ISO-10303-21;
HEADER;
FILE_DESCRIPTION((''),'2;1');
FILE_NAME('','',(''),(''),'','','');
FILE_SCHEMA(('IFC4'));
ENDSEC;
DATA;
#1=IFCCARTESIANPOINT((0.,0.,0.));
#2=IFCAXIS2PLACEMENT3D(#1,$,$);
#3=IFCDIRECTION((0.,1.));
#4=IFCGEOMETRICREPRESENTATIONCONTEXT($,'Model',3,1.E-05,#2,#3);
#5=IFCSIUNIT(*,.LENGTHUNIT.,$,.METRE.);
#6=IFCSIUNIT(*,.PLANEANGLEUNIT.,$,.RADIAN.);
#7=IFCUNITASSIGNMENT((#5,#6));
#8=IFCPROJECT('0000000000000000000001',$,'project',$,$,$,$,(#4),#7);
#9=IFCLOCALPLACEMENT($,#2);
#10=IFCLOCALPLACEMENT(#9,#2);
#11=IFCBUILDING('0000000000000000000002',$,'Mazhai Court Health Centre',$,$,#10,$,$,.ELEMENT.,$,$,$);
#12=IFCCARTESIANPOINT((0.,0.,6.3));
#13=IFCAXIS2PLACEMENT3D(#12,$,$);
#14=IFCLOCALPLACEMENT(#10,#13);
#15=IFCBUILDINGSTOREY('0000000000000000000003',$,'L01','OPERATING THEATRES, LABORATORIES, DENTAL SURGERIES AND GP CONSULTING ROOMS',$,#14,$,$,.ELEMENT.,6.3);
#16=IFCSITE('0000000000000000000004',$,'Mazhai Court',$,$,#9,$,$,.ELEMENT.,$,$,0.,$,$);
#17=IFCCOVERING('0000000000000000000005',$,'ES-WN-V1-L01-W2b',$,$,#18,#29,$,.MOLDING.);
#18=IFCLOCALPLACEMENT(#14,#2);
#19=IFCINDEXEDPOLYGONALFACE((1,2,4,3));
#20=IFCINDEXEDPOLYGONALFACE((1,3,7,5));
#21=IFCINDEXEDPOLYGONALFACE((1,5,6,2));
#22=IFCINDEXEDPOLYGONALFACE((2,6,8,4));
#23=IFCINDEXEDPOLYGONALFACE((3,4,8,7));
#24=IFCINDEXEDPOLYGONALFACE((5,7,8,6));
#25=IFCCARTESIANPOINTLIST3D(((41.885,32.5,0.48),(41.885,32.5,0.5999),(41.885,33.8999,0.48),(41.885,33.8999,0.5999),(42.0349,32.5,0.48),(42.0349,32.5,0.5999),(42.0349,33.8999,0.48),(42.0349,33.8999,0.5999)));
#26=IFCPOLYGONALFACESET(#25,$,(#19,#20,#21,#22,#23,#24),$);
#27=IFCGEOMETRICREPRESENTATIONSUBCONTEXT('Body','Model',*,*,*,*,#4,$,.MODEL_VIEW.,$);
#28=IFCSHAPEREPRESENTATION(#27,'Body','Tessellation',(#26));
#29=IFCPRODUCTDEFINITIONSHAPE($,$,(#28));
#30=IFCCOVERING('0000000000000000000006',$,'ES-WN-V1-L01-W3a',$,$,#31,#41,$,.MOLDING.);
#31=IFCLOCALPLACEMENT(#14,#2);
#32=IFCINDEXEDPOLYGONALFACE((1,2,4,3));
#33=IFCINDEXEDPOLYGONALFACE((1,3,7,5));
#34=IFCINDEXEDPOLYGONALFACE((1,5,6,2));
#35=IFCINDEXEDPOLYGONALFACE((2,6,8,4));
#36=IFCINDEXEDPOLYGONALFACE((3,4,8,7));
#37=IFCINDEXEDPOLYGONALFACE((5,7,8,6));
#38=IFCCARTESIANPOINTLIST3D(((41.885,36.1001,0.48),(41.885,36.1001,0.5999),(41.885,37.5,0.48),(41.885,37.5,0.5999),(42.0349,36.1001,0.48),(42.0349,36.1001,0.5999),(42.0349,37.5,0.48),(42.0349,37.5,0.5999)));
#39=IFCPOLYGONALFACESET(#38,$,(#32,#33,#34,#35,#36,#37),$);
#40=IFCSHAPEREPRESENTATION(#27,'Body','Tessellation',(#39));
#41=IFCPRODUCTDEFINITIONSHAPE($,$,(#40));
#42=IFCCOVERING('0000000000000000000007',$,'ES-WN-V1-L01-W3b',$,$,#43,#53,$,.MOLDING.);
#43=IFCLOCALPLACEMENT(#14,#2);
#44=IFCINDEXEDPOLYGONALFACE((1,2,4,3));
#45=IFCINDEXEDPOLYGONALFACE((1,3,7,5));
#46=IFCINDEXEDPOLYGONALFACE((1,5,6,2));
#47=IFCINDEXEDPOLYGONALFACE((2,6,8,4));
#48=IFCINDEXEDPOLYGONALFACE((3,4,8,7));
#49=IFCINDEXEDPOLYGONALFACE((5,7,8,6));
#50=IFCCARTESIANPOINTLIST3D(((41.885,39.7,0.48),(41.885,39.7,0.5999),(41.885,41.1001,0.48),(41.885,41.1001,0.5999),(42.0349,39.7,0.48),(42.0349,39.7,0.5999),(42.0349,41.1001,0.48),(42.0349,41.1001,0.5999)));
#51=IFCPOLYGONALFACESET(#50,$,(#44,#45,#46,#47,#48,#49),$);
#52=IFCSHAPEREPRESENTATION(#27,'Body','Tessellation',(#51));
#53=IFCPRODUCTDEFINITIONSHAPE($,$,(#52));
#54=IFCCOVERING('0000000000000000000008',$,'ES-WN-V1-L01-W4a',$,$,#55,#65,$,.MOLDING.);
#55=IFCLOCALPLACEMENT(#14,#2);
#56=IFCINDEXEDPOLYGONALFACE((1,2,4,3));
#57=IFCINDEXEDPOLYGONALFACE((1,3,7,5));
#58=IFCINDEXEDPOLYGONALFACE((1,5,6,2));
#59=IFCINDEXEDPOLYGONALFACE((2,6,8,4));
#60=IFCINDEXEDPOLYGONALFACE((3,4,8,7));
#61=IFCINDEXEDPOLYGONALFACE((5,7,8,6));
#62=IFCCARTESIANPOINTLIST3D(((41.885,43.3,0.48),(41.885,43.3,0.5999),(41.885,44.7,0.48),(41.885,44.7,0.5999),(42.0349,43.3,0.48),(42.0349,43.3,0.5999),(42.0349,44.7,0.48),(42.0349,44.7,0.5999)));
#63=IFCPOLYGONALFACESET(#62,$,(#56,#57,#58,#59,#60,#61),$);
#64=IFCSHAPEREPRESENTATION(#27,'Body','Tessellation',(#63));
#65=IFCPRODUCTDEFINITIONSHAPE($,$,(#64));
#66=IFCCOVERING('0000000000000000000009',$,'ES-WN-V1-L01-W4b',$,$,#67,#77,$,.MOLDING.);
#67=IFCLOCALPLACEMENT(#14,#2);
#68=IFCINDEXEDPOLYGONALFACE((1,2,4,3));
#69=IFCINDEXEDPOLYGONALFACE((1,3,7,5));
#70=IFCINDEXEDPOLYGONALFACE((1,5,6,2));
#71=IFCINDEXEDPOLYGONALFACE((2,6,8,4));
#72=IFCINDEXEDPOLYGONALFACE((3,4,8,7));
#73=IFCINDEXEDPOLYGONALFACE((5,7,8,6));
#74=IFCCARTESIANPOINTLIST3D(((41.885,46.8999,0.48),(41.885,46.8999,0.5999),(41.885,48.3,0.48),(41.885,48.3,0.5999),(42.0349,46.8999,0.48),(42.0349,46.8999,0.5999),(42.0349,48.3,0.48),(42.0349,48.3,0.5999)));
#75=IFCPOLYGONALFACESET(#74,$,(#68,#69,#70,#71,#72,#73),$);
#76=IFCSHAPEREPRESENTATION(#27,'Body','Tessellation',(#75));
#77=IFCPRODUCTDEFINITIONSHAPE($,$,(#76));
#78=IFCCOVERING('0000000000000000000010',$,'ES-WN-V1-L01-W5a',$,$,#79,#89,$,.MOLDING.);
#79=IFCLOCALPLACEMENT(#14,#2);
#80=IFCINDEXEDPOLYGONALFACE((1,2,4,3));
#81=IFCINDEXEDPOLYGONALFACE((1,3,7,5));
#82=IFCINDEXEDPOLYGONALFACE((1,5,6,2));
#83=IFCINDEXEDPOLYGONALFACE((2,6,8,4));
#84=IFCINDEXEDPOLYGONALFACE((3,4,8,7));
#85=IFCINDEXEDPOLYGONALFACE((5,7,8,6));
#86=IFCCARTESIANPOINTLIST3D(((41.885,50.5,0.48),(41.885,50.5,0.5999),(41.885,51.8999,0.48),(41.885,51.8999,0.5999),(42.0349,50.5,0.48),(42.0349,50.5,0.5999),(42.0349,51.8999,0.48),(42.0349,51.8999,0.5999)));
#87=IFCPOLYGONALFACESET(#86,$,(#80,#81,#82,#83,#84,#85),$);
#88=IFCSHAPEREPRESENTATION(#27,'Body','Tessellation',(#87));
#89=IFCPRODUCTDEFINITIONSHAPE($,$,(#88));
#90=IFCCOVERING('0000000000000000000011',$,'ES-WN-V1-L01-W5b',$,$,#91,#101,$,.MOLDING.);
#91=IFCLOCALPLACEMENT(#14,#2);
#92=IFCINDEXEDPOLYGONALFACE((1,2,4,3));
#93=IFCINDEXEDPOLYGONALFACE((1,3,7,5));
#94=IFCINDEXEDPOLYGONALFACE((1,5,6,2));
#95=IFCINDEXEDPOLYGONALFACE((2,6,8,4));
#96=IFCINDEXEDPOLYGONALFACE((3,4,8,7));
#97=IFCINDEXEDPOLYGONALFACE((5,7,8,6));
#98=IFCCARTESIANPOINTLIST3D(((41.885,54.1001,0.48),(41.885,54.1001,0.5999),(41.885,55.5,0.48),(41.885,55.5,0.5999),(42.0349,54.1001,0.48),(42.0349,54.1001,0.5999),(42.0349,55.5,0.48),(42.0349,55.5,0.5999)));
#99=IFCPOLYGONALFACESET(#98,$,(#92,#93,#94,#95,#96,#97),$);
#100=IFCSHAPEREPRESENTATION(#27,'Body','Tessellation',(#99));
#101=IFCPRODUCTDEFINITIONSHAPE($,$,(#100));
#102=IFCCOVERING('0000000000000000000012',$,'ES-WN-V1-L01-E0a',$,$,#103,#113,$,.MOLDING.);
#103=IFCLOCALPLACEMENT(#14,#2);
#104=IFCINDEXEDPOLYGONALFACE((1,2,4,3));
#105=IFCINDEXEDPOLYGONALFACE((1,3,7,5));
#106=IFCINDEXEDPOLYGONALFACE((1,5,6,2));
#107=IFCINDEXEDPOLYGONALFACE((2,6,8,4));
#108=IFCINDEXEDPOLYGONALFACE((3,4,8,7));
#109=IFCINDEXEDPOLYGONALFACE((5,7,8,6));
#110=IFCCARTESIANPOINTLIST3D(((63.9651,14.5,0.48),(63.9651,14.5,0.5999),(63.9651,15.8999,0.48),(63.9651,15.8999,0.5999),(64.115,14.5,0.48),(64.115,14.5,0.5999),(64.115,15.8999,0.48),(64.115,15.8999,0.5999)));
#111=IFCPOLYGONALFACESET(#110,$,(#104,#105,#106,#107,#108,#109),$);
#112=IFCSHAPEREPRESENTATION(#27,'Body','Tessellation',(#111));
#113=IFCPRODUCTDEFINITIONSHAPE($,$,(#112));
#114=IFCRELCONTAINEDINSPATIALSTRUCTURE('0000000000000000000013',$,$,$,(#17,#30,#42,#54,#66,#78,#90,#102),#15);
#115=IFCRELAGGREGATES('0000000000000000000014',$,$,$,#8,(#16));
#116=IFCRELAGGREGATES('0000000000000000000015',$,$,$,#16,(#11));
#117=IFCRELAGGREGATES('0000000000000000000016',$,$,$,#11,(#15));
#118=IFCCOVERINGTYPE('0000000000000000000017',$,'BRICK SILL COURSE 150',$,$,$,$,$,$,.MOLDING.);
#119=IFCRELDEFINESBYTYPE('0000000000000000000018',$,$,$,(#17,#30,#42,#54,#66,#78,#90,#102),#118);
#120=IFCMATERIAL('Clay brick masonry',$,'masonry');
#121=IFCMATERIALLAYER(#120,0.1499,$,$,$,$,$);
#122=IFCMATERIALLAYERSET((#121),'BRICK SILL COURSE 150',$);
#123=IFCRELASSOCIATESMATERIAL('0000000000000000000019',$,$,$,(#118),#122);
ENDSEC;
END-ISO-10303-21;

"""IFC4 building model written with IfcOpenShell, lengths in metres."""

from ifc_helpers import new_model, si_unit, direction, frame, origin, place, context, subcontext, project, spatial, polyline, outline, extrude, material, layer, layer_set, type_object, element, save


model = new_model("IFC4")

# Units and contexts
model_context = context("Model", 3, precision=1e-05, world=origin(), true_north=direction((0.0, 1.0)))
body_context = subcontext(model_context, "Body", "Model", "MODEL_VIEW")
ifc_project = project(units=[si_unit("LENGTHUNIT", "METRE"), si_unit("PLANEANGLEUNIT", "RADIAN")], contexts=[model_context])

# Site, building, storey
site_placement = place(None, origin())
site = spatial("IfcSite", under=ifc_project, at=site_placement, Name="Mazhai Court", CompositionType="ELEMENT", RefElevation=0.0)
building_placement = place(site_placement, origin())
building = spatial("IfcBuilding", under=site, at=building_placement, Name="Mazhai Court Health Centre", CompositionType="ELEMENT")
storey_placement = place(building_placement, frame((0.0, 0.0, 6.3)))
storey = spatial("IfcBuildingStorey", under=building, at=storey_placement, Name="L01", Description="OPERATING THEATRES, LABORATORIES, DENTAL SURGERIES AND GP CONSULTING ROOMS", CompositionType="ELEMENT", Elevation=6.3)

# Coverings
ifc_material = material(Name="Clay brick masonry", Category="masonry")
ifc_layer = layer(ifc_material, 0.1499)
ifc_layer_set = layer_set([ifc_layer], Name="BRICK SILL COURSE 150")
covering_type = type_object("IfcCoveringType", Name="BRICK SILL COURSE 150", PredefinedType="MOLDING", material=ifc_layer_set)
covering_1_placement = place(storey_placement, frame((0.0, 0.0, 0.48)))
element("IfcCovering", 1, at=covering_1_placement, inside=storey, type_object=covering_type, Name="ES-WN-V1-L01-W2b", PredefinedType="MOLDING", context=body_context, shape_type="SweptSolid", body=[
    extrude(outline(polyline([(42.0349, 32.5), (42.0349, 33.8999), (41.885, 33.8999), (41.885, 32.5), (42.0349, 32.5)])), origin(), (0.0, 0.0, 1.0), 0.1199),
])
covering_2_placement = place(storey_placement, frame((0.0, 0.0, 0.48)))
element("IfcCovering", 2, at=covering_2_placement, inside=storey, type_object=covering_type, Name="ES-WN-V1-L01-W3a", PredefinedType="MOLDING", context=body_context, shape_type="SweptSolid", body=[
    extrude(outline(polyline([(42.0349, 36.1001), (42.0349, 37.5), (41.885, 37.5), (41.885, 36.1001), (42.0349, 36.1001)])), origin(), (0.0, 0.0, 1.0), 0.1199),
])
covering_3_placement = place(storey_placement, frame((0.0, 0.0, 0.48)))
element("IfcCovering", 3, at=covering_3_placement, inside=storey, type_object=covering_type, Name="ES-WN-V1-L01-W3b", PredefinedType="MOLDING", context=body_context, shape_type="SweptSolid", body=[
    extrude(outline(polyline([(42.0349, 39.7), (42.0349, 41.1001), (41.885, 41.1001), (41.885, 39.7), (42.0349, 39.7)])), origin(), (0.0, 0.0, 1.0), 0.1199),
])
covering_4_placement = place(storey_placement, frame((0.0, 0.0, 0.48)))
element("IfcCovering", 4, at=covering_4_placement, inside=storey, type_object=covering_type, Name="ES-WN-V1-L01-W4a", PredefinedType="MOLDING", context=body_context, shape_type="SweptSolid", body=[
    extrude(outline(polyline([(42.0349, 43.3), (42.0349, 44.7), (41.885, 44.7), (41.885, 43.3), (42.0349, 43.3)])), origin(), (0.0, 0.0, 1.0), 0.1199),
])
covering_5_placement = place(storey_placement, frame((0.0, 0.0, 0.48)))
element("IfcCovering", 5, at=covering_5_placement, inside=storey, type_object=covering_type, Name="ES-WN-V1-L01-W4b", PredefinedType="MOLDING", context=body_context, shape_type="SweptSolid", body=[
    extrude(outline(polyline([(42.0349, 46.8999), (42.0349, 48.3), (41.885, 48.3), (41.885, 46.8999), (42.0349, 46.8999)])), origin(), (0.0, 0.0, 1.0), 0.1199),
])
covering_6_placement = place(storey_placement, frame((0.0, 0.0, 0.48)))
element("IfcCovering", 6, at=covering_6_placement, inside=storey, type_object=covering_type, Name="ES-WN-V1-L01-W5a", PredefinedType="MOLDING", context=body_context, shape_type="SweptSolid", body=[
    extrude(outline(polyline([(42.0349, 50.5), (42.0349, 51.8999), (41.885, 51.8999), (41.885, 50.5), (42.0349, 50.5)])), origin(), (0.0, 0.0, 1.0), 0.1199),
])
covering_7_placement = place(storey_placement, frame((0.0, 0.0, 0.48)))
element("IfcCovering", 7, at=covering_7_placement, inside=storey, type_object=covering_type, Name="ES-WN-V1-L01-W5b", PredefinedType="MOLDING", context=body_context, shape_type="SweptSolid", body=[
    extrude(outline(polyline([(42.0349, 54.1001), (42.0349, 55.5), (41.885, 55.5), (41.885, 54.1001), (42.0349, 54.1001)])), origin(), (0.0, 0.0, 1.0), 0.1199),
])
covering_8_placement = place(storey_placement, frame((0.0, 0.0, 0.48)))
element("IfcCovering", 8, at=covering_8_placement, inside=storey, type_object=covering_type, Name="ES-WN-V1-L01-E0a", PredefinedType="MOLDING", context=body_context, shape_type="SweptSolid", body=[
    extrude(outline(polyline([(63.9651, 15.8999), (63.9651, 14.5), (64.115, 14.5), (64.115, 15.8999), (63.9651, 15.8999)])), origin(), (0.0, 0.0, 1.0), 0.1199),
])

save(model, "model.ifc")
